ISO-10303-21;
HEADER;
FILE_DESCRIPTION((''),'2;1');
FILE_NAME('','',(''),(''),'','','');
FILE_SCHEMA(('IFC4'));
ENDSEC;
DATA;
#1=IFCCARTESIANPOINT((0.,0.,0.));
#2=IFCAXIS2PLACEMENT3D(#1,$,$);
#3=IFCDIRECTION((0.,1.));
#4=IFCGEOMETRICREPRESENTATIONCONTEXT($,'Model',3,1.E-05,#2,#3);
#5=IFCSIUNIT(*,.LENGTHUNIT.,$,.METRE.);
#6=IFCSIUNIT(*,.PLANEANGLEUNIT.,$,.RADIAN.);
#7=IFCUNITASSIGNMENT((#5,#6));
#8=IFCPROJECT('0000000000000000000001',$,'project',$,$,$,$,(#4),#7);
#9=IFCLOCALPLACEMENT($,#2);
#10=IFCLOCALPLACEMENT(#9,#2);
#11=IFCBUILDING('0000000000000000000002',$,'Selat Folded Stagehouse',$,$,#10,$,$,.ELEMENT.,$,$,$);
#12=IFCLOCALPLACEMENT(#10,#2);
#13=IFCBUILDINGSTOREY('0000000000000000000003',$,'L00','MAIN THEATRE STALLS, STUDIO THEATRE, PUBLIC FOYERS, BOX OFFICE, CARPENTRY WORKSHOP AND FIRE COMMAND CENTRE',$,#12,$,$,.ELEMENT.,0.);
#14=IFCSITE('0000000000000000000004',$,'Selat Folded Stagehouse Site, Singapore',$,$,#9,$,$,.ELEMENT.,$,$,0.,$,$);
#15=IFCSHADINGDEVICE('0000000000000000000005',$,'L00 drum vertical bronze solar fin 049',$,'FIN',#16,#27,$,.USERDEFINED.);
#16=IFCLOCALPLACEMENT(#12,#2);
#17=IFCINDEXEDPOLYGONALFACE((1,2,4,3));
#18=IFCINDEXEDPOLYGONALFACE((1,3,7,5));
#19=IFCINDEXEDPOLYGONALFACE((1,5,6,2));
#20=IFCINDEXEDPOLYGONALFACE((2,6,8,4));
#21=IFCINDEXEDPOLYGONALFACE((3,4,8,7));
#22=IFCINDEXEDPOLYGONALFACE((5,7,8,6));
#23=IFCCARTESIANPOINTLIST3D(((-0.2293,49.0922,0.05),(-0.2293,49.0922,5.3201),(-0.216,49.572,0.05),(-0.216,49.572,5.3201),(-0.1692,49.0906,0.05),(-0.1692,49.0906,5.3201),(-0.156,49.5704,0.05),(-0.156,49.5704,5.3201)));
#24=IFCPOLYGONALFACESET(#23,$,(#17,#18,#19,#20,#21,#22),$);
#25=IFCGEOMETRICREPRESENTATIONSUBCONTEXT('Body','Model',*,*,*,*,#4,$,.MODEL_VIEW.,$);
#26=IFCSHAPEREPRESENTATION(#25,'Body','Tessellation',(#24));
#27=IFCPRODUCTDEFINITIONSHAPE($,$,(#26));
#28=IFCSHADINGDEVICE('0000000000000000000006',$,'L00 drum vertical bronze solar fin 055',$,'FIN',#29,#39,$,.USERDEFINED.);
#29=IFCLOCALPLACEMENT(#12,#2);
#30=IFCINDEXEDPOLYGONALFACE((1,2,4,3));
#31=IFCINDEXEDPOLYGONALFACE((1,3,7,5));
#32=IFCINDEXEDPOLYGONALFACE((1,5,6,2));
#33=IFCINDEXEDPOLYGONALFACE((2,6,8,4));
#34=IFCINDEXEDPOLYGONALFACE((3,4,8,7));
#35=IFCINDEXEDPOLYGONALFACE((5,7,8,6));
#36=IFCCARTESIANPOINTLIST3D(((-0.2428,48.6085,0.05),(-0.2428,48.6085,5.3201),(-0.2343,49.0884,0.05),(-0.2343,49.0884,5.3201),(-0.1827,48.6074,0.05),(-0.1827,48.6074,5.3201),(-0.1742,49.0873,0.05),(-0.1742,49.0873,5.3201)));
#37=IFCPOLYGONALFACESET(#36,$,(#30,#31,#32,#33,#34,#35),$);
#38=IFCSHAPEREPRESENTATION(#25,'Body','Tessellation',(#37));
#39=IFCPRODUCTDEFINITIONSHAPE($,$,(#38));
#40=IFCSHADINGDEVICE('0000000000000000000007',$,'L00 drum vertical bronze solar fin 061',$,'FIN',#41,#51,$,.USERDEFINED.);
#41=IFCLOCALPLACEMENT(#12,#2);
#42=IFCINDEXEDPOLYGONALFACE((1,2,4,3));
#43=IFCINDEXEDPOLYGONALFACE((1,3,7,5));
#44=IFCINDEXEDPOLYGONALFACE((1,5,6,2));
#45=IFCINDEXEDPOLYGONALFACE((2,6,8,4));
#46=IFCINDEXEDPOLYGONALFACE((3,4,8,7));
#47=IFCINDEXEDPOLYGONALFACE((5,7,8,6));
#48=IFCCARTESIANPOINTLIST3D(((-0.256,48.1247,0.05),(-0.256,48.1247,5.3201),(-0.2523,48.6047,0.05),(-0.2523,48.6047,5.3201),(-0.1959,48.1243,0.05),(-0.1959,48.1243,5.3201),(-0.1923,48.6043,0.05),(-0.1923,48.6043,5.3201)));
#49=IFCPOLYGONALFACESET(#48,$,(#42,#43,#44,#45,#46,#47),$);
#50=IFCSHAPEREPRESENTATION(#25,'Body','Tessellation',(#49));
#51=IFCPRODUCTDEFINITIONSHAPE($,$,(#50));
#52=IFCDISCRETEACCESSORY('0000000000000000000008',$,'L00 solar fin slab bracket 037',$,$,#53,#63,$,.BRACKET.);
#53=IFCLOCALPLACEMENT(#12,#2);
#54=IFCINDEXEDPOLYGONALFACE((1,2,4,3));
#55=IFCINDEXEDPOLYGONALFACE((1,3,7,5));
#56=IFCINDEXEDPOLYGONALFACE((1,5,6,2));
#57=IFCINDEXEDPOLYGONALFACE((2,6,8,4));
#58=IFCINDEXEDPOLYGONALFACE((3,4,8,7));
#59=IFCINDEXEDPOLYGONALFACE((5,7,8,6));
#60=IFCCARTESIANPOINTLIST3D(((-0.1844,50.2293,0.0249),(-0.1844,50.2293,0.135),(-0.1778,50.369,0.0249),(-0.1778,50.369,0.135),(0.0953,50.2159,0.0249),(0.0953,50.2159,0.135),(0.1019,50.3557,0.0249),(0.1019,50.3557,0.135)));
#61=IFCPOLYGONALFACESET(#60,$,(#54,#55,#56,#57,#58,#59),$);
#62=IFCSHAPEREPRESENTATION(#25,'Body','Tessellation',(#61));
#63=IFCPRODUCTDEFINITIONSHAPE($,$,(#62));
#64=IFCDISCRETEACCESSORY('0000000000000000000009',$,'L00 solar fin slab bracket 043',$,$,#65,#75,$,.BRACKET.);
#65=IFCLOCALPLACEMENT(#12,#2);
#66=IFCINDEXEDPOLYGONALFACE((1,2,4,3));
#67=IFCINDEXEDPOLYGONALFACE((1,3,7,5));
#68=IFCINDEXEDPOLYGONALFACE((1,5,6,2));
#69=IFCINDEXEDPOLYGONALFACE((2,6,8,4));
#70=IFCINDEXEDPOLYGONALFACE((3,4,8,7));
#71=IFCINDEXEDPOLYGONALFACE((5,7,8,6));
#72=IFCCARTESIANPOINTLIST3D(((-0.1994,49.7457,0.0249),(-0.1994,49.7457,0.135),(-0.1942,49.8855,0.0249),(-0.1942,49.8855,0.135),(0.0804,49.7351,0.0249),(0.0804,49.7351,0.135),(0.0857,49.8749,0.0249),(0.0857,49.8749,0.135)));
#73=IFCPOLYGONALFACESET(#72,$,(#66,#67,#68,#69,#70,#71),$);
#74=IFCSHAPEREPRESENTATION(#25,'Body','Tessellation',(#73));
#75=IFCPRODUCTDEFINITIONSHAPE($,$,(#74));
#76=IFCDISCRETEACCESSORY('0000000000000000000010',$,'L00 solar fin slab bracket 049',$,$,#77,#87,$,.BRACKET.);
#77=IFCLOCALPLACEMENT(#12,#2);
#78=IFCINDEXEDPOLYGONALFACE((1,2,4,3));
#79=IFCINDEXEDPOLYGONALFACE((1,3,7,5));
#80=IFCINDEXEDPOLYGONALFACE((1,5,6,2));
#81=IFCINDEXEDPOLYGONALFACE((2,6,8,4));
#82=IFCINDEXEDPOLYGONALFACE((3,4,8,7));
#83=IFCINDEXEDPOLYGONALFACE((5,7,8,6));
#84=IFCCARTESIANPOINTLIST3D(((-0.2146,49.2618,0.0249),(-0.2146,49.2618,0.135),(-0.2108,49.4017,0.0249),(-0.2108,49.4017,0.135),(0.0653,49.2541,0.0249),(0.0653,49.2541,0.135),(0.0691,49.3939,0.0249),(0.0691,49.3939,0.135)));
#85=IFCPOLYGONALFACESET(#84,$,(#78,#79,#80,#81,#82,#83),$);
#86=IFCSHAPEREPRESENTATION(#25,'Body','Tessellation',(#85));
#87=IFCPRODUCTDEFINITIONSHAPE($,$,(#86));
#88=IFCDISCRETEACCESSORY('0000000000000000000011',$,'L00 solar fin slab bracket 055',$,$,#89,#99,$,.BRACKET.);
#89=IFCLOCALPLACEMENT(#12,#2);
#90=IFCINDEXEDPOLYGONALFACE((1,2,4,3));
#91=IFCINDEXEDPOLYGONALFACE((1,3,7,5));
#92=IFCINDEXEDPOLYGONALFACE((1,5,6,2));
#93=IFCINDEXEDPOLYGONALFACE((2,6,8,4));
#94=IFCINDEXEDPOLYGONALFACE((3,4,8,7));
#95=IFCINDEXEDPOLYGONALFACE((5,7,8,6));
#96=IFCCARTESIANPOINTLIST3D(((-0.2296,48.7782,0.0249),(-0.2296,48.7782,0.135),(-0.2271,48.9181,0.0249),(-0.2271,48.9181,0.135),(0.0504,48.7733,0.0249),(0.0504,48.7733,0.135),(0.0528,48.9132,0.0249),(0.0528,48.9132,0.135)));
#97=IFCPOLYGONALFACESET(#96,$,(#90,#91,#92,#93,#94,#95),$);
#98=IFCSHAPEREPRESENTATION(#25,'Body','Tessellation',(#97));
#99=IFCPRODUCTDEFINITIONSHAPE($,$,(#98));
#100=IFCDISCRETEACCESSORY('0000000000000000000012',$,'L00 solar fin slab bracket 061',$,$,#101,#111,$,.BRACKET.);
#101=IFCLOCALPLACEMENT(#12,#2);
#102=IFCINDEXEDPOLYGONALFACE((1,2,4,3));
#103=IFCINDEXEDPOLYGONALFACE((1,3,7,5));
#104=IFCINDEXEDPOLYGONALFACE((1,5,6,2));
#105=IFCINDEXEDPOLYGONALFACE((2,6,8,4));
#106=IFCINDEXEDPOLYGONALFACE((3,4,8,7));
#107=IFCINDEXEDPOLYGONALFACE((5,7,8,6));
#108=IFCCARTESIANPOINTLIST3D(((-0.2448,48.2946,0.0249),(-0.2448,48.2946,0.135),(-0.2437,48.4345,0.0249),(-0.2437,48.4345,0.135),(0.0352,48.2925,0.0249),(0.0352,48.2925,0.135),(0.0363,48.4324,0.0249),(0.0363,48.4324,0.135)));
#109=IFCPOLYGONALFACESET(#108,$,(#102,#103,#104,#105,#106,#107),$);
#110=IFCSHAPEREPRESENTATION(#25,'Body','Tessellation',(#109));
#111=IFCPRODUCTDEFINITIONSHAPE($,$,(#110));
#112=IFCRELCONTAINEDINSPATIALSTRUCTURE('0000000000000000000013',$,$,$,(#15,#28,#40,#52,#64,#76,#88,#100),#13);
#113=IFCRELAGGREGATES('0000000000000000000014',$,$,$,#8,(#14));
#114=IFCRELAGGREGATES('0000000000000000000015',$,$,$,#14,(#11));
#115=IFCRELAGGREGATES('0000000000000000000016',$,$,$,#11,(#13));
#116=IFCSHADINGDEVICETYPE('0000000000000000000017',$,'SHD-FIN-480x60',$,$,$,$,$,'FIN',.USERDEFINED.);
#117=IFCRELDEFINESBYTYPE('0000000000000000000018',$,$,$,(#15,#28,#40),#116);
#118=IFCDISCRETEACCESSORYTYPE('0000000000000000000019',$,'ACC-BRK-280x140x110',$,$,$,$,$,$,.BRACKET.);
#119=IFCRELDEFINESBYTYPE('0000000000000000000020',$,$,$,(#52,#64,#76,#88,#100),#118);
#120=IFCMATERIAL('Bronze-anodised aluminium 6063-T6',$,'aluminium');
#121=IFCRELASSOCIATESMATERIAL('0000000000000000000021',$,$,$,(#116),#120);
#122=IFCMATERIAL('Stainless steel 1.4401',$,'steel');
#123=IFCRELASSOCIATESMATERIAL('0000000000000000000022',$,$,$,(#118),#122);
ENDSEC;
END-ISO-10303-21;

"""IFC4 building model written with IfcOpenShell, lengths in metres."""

from ifc_helpers import new_model, si_unit, direction, frame, origin, origin_2d, place, context, subcontext, project, spatial, rectangle, extrude, material, material_profile, profile_set, type_object, element, save


model = new_model("IFC4")

# Units and contexts
model_context = context("Model", 3, precision=1e-05, world=origin(), true_north=direction((0.0, 1.0)))
body_context = subcontext(model_context, "Body", "Model", "MODEL_VIEW")
ifc_project = project(units=[si_unit("LENGTHUNIT", "METRE"), si_unit("PLANEANGLEUNIT", "RADIAN")], contexts=[model_context])

# Site, building, storey
site_placement = place(None, origin())
site = spatial("IfcSite", under=ifc_project, at=site_placement, Name="Selat Folded Stagehouse Site, Singapore", CompositionType="ELEMENT", RefElevation=0.0)
building_placement = place(site_placement, origin())
building = spatial("IfcBuilding", under=site, at=building_placement, Name="Selat Folded Stagehouse", CompositionType="ELEMENT")
storey_placement = place(building_placement, origin())
storey = spatial("IfcBuildingStorey", under=building, at=storey_placement, Name="L00", Description="MAIN THEATRE STALLS, STUDIO THEATRE, PUBLIC FOYERS, BOX OFFICE, CARPENTRY WORKSHOP AND FIRE COMMAND CENTRE", CompositionType="ELEMENT", Elevation=0.0)

# Shading devices
ifc_material_1 = material(Name="Bronze-anodised aluminium 6063-T6", Category="aluminium")
ifc_material_profile_1 = material_profile(ifc_material_1, rectangle(XDim=0.0601, YDim=0.48, at=origin_2d()), Name="SOLAR-FIN 480x60")
ifc_profile_set_1 = profile_set([ifc_material_profile_1], Name="Bronze-anodised aluminium 6063-T6")
shading_device_type = type_object("IfcShadingDeviceType", Name="SHD-FIN-480x60", ElementType="FIN", PredefinedType="USERDEFINED", material=ifc_profile_set_1)
for number, where, z_axis, x_axis, name in (
    (1, (-0.1926, 49.3313, 0.05), (0.0, 0.0, 1.0), (-0.99962, 0.027573, 0.0), "L00 drum vertical bronze solar fin 049"),
    (2, (-0.2085, 48.8479, 0.05), (0.0, 0.0, 1.0), (-0.999845, 0.017627, 0.0), "L00 drum vertical bronze solar fin 055"),
    (3, (-0.2241, 48.3645, 0.05), (0.0, 0.0, 1.0), (-0.999972, 0.007505, 0.0), "L00 drum vertical bronze solar fin 061"),
):
    element("IfcShadingDevice", number, at=place(storey_placement, frame(where, z_axis=z_axis, x_axis=x_axis)), inside=storey, type_object=shading_device_type, Name=name, ObjectType="FIN", PredefinedType="USERDEFINED", context=body_context, shape_type="SweptSolid", body=[
        extrude(rectangle(XDim=0.0601, YDim=0.48, at=origin_2d()), origin(), (0.0, 0.0, 1.0), 5.27),
    ])

# Discrete accessories
ifc_material_2 = material(Name="Stainless steel 1.4401", Category="steel")
discrete_accessory_type = type_object("IfcDiscreteAccessoryType", Name="ACC-BRK-280x140x110", PredefinedType="BRACKET", material=ifc_material_2)
for number, where, z_axis, x_axis, name in (
    (4, (-0.0413, 50.2925, 0.0249), (0.0, 0.0, 1.0), (-0.998865, 0.047629, 0.0), "L00 solar fin slab bracket 037"),
    (5, (-0.0569, 49.8103, 0.0249), (0.0, 0.0, 1.0), (-0.999289, 0.03769, 0.0), "L00 solar fin slab bracket 043"),
    (6, (-0.0728, 49.3279, 0.0249), (0.0, 0.0, 1.0), (-0.99962, 0.027573, 0.0), "L00 solar fin slab bracket 049"),
    (7, (-0.0884, 48.8457, 0.0249), (0.0, 0.0, 1.0), (-0.999845, 0.017627, 0.0), "L00 solar fin slab bracket 055"),
    (8, (-0.1042, 48.3635, 0.0249), (0.0, 0.0, 1.0), (-0.999972, 0.007505, 0.0), "L00 solar fin slab bracket 061"),
):
    element("IfcDiscreteAccessory", number, at=place(storey_placement, frame(where, z_axis=z_axis, x_axis=x_axis)), inside=storey, type_object=discrete_accessory_type, Name=name, PredefinedType="BRACKET", context=body_context, shape_type="SweptSolid", body=[
        extrude(rectangle(XDim=0.28, YDim=0.1399, at=origin_2d()), origin(), (0.0, 0.0, 1.0), 0.1101),
    ])

save(model, "model.ifc")
